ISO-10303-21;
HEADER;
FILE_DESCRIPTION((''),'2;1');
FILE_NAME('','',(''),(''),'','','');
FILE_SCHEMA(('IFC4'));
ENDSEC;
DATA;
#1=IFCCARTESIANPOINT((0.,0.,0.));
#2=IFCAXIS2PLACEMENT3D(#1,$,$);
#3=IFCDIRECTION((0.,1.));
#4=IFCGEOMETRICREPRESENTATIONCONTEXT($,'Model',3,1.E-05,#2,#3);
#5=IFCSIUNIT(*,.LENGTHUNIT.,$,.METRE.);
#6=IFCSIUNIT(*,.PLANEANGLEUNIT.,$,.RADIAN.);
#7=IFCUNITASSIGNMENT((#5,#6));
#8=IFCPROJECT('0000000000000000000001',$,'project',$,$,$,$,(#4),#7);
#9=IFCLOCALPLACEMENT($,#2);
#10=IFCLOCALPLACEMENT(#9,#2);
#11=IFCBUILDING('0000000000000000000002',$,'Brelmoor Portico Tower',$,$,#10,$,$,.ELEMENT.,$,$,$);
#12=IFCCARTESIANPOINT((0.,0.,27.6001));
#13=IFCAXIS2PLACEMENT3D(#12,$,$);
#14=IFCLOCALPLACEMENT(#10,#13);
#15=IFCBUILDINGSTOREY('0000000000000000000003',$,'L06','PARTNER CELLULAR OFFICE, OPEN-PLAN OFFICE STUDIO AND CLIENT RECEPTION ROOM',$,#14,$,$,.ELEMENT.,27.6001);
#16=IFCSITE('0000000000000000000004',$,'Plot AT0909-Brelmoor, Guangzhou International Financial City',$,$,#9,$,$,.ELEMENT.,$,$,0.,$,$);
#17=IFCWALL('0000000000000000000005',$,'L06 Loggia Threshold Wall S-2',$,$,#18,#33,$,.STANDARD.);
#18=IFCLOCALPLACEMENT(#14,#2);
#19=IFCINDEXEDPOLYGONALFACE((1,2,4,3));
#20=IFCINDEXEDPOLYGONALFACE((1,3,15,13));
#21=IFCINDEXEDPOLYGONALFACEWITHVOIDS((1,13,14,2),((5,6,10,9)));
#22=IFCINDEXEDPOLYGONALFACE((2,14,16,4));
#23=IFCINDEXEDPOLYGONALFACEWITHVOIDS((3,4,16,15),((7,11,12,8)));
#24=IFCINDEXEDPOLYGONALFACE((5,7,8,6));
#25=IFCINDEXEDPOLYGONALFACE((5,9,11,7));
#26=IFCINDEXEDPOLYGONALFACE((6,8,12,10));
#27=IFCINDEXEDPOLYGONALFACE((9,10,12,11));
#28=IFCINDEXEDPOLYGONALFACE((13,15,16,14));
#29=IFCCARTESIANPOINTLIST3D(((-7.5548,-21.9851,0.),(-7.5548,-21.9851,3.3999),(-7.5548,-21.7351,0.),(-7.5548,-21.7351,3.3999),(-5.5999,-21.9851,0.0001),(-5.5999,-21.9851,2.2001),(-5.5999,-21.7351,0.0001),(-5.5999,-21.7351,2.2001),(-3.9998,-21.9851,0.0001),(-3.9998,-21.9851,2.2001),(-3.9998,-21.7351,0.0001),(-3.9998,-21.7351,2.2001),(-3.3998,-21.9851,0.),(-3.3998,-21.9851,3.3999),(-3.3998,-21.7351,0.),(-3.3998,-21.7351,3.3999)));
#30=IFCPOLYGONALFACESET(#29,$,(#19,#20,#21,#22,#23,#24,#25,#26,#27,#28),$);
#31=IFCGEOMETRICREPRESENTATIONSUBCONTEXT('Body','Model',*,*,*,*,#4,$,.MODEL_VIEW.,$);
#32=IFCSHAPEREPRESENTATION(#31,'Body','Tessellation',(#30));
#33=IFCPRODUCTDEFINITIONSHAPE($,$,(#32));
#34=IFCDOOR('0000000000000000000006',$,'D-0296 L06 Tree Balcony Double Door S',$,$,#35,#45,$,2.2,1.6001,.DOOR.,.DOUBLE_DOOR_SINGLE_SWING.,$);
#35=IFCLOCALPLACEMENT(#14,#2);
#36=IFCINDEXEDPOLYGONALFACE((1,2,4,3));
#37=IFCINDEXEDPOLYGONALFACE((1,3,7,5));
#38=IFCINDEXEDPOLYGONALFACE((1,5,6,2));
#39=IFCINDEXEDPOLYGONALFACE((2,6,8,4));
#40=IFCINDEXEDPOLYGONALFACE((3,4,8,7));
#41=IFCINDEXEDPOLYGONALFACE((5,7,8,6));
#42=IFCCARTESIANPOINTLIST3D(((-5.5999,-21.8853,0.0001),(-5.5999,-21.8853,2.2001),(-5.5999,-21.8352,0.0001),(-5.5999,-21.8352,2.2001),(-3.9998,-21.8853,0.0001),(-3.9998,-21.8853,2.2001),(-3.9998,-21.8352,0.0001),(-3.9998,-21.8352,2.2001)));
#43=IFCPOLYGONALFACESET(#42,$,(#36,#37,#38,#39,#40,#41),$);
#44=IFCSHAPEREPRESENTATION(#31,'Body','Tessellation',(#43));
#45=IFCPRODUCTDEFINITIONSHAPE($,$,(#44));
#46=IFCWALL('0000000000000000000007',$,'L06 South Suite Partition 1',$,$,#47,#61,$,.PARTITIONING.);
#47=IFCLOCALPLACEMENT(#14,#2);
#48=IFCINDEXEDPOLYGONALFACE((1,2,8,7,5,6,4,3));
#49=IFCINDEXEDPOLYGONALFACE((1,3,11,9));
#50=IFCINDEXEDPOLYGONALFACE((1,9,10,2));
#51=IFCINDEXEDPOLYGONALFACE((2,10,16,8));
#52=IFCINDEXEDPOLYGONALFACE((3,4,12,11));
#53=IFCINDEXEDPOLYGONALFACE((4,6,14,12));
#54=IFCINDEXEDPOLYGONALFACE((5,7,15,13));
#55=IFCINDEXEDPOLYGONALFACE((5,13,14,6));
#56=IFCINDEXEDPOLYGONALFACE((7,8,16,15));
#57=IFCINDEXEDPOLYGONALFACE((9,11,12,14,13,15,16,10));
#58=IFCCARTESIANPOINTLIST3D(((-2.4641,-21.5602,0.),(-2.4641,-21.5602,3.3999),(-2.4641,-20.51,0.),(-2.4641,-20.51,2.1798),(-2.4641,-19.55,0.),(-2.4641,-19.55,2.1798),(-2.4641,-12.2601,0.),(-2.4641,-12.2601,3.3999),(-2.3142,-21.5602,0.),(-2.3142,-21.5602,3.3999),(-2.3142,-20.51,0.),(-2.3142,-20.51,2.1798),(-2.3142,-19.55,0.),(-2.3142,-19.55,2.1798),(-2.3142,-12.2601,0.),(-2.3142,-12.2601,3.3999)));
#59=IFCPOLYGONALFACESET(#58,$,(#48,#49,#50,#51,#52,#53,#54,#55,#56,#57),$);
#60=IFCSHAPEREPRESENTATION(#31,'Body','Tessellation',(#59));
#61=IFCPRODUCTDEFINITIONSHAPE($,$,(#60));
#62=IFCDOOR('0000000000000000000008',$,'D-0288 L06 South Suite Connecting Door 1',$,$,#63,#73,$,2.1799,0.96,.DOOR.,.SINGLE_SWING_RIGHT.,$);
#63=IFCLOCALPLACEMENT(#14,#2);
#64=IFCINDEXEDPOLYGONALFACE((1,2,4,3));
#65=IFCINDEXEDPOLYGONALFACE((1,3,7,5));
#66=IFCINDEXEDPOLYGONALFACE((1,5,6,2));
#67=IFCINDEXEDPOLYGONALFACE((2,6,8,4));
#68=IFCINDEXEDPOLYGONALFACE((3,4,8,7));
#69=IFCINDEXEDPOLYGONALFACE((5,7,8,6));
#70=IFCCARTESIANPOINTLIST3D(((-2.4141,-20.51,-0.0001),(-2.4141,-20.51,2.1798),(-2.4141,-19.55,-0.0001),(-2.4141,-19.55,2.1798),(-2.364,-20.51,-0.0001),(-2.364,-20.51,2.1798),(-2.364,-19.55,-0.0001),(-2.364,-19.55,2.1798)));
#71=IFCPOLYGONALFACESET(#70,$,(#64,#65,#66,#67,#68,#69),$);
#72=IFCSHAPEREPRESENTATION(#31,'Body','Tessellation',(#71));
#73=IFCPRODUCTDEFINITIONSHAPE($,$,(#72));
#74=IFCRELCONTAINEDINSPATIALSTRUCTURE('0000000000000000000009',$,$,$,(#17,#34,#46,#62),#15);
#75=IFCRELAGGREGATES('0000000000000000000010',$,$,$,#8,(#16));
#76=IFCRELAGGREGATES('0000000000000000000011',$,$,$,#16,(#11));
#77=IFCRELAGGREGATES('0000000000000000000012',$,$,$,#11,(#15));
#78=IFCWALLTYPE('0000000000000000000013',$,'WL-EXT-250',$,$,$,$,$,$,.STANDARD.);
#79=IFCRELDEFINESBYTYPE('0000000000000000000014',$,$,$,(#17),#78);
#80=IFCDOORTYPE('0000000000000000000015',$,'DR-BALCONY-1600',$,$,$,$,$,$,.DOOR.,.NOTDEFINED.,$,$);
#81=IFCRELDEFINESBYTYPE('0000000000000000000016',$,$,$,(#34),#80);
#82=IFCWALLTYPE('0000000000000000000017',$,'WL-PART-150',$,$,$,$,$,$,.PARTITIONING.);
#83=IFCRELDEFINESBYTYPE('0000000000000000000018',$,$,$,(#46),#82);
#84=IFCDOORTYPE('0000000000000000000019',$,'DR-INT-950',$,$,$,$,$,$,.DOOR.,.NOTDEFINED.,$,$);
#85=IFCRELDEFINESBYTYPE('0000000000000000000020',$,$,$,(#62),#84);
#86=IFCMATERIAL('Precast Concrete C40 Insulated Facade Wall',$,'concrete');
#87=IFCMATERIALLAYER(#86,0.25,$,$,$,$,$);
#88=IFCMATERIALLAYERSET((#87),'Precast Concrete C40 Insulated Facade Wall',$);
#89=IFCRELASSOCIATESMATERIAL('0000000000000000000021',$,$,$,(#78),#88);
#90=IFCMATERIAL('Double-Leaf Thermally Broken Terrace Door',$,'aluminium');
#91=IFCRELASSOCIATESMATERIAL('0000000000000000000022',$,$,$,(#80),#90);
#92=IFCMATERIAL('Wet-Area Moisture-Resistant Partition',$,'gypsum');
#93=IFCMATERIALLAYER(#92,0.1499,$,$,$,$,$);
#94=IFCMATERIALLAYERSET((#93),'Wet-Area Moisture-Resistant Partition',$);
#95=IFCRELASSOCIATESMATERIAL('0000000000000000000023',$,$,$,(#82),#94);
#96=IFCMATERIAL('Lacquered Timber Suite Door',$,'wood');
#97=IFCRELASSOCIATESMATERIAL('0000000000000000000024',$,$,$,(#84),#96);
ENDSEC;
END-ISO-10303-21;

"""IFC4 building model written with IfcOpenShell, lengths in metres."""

from ifc_helpers import new_model, si_unit, direction, frame, frame_2d, origin, place, context, subcontext, project, spatial, rectangle, extrude, material, layer, layer_set, type_object, element, fill, save


model = new_model("IFC4")

# Units and contexts
model_context = context("Model", 3, precision=1e-05, world=origin(), true_north=direction((0.0, 1.0)))
body_context = subcontext(model_context, "Body", "Model", "MODEL_VIEW")
ifc_project = project(units=[si_unit("LENGTHUNIT", "METRE"), si_unit("PLANEANGLEUNIT", "RADIAN")], contexts=[model_context])

# Site, building, storey
site_placement = place(None, origin())
site = spatial("IfcSite", under=ifc_project, at=site_placement, Name="Plot AT0909-Brelmoor, Guangzhou International Financial City", CompositionType="ELEMENT", RefElevation=0.0)
building_placement = place(site_placement, origin())
building = spatial("IfcBuilding", under=site, at=building_placement, Name="Brelmoor Portico Tower", CompositionType="ELEMENT")
storey_placement = place(building_placement, frame((0.0, 0.0, 27.6001)))
storey = spatial("IfcBuildingStorey", under=building, at=storey_placement, Name="L06", Description="PARTNER CELLULAR OFFICE, OPEN-PLAN OFFICE STUDIO AND CLIENT RECEPTION ROOM", CompositionType="ELEMENT", Elevation=27.6001)

# Shared definitions
ifc_material_1 = material(Name="Precast Concrete C40 Insulated Facade Wall", Category="concrete")
ifc_layer_1 = layer(ifc_material_1, 0.25)
ifc_layer_set_1 = layer_set([ifc_layer_1], Name="Precast Concrete C40 Insulated Facade Wall")
wall_type_1 = type_object("IfcWallType", Name="WL-EXT-250", PredefinedType="STANDARD", material=ifc_layer_set_1)

# Walls, openings, doors
wall_1_placement = place(storey_placement, frame((-7.5549, -21.8601, 0.0), z_axis=(0.0, 0.0, 1.0), x_axis=(1.0, 0.0, 0.0)))
wall_1 = element("IfcWall", 1, at=wall_1_placement, inside=storey, type_object=wall_type_1, Name="L06 Loggia Threshold Wall S-2", PredefinedType="STANDARD", context=body_context, shape_type="SweptSolid", body=[
    extrude(rectangle(XDim=4.155, YDim=0.25, at=frame_2d((2.0776, 0.0))), origin(), (0.0, 0.0, 1.0), 3.3999),
])
opening_1_placement = place(wall_1_placement, frame((1.9551, 0.0, 0.0)))
opening_1 = element("IfcOpeningElement", 2, at=opening_1_placement, cuts=wall_1, PredefinedType="OPENING", context=body_context, shape_type="SweptSolid", body=[
    extrude(rectangle(XDim=1.6001, YDim=2.2, at=frame_2d((0.8, 1.1001))), frame((0.0, 0.135, 0.0), z_axis=(0.0, -1.0, 0.0), x_axis=(1.0, 0.0, 0.0)), (0.0, 0.0, 1.0), 0.27),
])
ifc_material_2 = material(Name="Double-Leaf Thermally Broken Terrace Door", Category="aluminium")
door_type_1 = type_object("IfcDoorType", Name="DR-BALCONY-1600", OperationType="NOTDEFINED", PredefinedType="DOOR", material=ifc_material_2)
door_1_placement = place(opening_1_placement, origin())
door_1 = element("IfcDoor", 3, at=door_1_placement, inside=storey, type_object=door_type_1, Name="D-0296 L06 Tree Balcony Double Door S", OperationType="DOUBLE_DOOR_SINGLE_SWING", OverallHeight=2.2, OverallWidth=1.6001, PredefinedType="DOOR", context=body_context, shape_type="SweptSolid", body=[
    extrude(rectangle(XDim=1.6001, YDim=2.2, at=frame_2d((0.8, 1.1001))), frame((0.0, 0.0249, 0.0), z_axis=(0.0, -1.0, 0.0), x_axis=(1.0, 0.0, 0.0)), (0.0, 0.0, 1.0), 0.05),
])
fill(opening_1, door_1)
ifc_material_3 = material(Name="Wet-Area Moisture-Resistant Partition", Category="gypsum")
ifc_layer_2 = layer(ifc_material_3, 0.1499)
ifc_layer_set_2 = layer_set([ifc_layer_2], Name="Wet-Area Moisture-Resistant Partition")
wall_type_2 = type_object("IfcWallType", Name="WL-PART-150", PredefinedType="PARTITIONING", material=ifc_layer_set_2)
wall_2_placement = place(storey_placement, frame((-2.3892, -21.5601, 0.0), z_axis=(0.0, 0.0, 1.0), x_axis=(0.0, 1.0, 0.0)))
wall_2 = element("IfcWall", 4, at=wall_2_placement, inside=storey, type_object=wall_type_2, Name="L06 South Suite Partition 1", PredefinedType="PARTITIONING", context=body_context, shape_type="SweptSolid", body=[
    extrude(rectangle(XDim=9.3, YDim=0.1499, at=frame_2d((4.6499, 0.0))), origin(), (0.0, 0.0, 1.0), 3.3999),
])
opening_2_placement = place(wall_2_placement, frame((1.05, 0.0, 0.0)))
opening_2 = element("IfcOpeningElement", 5, at=opening_2_placement, cuts=wall_2, PredefinedType="OPENING", context=body_context, shape_type="SweptSolid", body=[
    extrude(rectangle(XDim=0.96, YDim=2.1799, at=frame_2d((0.48, 1.0898))), frame((0.0, 0.085, 0.0), z_axis=(0.0, -1.0, 0.0), x_axis=(1.0, 0.0, 0.0)), (0.0, 0.0, 1.0), 0.1699),
])
ifc_material_4 = material(Name="Lacquered Timber Suite Door", Category="wood")
door_type_2 = type_object("IfcDoorType", Name="DR-INT-950", OperationType="NOTDEFINED", PredefinedType="DOOR", material=ifc_material_4)
door_2_placement = place(opening_2_placement, origin())
door_2 = element("IfcDoor", 6, at=door_2_placement, inside=storey, type_object=door_type_2, Name="D-0288 L06 South Suite Connecting Door 1", OperationType="SINGLE_SWING_RIGHT", OverallHeight=2.1799, OverallWidth=0.96, PredefinedType="DOOR", context=body_context, shape_type="SweptSolid", body=[
    extrude(rectangle(XDim=0.96, YDim=2.1799, at=frame_2d((0.48, 1.0898))), frame((0.0, 0.0249, 0.0), z_axis=(0.0, -1.0, 0.0), x_axis=(1.0, 0.0, 0.0)), (0.0, 0.0, 1.0), 0.05),
])
fill(opening_2, door_2)

save(model, "model.ifc")
